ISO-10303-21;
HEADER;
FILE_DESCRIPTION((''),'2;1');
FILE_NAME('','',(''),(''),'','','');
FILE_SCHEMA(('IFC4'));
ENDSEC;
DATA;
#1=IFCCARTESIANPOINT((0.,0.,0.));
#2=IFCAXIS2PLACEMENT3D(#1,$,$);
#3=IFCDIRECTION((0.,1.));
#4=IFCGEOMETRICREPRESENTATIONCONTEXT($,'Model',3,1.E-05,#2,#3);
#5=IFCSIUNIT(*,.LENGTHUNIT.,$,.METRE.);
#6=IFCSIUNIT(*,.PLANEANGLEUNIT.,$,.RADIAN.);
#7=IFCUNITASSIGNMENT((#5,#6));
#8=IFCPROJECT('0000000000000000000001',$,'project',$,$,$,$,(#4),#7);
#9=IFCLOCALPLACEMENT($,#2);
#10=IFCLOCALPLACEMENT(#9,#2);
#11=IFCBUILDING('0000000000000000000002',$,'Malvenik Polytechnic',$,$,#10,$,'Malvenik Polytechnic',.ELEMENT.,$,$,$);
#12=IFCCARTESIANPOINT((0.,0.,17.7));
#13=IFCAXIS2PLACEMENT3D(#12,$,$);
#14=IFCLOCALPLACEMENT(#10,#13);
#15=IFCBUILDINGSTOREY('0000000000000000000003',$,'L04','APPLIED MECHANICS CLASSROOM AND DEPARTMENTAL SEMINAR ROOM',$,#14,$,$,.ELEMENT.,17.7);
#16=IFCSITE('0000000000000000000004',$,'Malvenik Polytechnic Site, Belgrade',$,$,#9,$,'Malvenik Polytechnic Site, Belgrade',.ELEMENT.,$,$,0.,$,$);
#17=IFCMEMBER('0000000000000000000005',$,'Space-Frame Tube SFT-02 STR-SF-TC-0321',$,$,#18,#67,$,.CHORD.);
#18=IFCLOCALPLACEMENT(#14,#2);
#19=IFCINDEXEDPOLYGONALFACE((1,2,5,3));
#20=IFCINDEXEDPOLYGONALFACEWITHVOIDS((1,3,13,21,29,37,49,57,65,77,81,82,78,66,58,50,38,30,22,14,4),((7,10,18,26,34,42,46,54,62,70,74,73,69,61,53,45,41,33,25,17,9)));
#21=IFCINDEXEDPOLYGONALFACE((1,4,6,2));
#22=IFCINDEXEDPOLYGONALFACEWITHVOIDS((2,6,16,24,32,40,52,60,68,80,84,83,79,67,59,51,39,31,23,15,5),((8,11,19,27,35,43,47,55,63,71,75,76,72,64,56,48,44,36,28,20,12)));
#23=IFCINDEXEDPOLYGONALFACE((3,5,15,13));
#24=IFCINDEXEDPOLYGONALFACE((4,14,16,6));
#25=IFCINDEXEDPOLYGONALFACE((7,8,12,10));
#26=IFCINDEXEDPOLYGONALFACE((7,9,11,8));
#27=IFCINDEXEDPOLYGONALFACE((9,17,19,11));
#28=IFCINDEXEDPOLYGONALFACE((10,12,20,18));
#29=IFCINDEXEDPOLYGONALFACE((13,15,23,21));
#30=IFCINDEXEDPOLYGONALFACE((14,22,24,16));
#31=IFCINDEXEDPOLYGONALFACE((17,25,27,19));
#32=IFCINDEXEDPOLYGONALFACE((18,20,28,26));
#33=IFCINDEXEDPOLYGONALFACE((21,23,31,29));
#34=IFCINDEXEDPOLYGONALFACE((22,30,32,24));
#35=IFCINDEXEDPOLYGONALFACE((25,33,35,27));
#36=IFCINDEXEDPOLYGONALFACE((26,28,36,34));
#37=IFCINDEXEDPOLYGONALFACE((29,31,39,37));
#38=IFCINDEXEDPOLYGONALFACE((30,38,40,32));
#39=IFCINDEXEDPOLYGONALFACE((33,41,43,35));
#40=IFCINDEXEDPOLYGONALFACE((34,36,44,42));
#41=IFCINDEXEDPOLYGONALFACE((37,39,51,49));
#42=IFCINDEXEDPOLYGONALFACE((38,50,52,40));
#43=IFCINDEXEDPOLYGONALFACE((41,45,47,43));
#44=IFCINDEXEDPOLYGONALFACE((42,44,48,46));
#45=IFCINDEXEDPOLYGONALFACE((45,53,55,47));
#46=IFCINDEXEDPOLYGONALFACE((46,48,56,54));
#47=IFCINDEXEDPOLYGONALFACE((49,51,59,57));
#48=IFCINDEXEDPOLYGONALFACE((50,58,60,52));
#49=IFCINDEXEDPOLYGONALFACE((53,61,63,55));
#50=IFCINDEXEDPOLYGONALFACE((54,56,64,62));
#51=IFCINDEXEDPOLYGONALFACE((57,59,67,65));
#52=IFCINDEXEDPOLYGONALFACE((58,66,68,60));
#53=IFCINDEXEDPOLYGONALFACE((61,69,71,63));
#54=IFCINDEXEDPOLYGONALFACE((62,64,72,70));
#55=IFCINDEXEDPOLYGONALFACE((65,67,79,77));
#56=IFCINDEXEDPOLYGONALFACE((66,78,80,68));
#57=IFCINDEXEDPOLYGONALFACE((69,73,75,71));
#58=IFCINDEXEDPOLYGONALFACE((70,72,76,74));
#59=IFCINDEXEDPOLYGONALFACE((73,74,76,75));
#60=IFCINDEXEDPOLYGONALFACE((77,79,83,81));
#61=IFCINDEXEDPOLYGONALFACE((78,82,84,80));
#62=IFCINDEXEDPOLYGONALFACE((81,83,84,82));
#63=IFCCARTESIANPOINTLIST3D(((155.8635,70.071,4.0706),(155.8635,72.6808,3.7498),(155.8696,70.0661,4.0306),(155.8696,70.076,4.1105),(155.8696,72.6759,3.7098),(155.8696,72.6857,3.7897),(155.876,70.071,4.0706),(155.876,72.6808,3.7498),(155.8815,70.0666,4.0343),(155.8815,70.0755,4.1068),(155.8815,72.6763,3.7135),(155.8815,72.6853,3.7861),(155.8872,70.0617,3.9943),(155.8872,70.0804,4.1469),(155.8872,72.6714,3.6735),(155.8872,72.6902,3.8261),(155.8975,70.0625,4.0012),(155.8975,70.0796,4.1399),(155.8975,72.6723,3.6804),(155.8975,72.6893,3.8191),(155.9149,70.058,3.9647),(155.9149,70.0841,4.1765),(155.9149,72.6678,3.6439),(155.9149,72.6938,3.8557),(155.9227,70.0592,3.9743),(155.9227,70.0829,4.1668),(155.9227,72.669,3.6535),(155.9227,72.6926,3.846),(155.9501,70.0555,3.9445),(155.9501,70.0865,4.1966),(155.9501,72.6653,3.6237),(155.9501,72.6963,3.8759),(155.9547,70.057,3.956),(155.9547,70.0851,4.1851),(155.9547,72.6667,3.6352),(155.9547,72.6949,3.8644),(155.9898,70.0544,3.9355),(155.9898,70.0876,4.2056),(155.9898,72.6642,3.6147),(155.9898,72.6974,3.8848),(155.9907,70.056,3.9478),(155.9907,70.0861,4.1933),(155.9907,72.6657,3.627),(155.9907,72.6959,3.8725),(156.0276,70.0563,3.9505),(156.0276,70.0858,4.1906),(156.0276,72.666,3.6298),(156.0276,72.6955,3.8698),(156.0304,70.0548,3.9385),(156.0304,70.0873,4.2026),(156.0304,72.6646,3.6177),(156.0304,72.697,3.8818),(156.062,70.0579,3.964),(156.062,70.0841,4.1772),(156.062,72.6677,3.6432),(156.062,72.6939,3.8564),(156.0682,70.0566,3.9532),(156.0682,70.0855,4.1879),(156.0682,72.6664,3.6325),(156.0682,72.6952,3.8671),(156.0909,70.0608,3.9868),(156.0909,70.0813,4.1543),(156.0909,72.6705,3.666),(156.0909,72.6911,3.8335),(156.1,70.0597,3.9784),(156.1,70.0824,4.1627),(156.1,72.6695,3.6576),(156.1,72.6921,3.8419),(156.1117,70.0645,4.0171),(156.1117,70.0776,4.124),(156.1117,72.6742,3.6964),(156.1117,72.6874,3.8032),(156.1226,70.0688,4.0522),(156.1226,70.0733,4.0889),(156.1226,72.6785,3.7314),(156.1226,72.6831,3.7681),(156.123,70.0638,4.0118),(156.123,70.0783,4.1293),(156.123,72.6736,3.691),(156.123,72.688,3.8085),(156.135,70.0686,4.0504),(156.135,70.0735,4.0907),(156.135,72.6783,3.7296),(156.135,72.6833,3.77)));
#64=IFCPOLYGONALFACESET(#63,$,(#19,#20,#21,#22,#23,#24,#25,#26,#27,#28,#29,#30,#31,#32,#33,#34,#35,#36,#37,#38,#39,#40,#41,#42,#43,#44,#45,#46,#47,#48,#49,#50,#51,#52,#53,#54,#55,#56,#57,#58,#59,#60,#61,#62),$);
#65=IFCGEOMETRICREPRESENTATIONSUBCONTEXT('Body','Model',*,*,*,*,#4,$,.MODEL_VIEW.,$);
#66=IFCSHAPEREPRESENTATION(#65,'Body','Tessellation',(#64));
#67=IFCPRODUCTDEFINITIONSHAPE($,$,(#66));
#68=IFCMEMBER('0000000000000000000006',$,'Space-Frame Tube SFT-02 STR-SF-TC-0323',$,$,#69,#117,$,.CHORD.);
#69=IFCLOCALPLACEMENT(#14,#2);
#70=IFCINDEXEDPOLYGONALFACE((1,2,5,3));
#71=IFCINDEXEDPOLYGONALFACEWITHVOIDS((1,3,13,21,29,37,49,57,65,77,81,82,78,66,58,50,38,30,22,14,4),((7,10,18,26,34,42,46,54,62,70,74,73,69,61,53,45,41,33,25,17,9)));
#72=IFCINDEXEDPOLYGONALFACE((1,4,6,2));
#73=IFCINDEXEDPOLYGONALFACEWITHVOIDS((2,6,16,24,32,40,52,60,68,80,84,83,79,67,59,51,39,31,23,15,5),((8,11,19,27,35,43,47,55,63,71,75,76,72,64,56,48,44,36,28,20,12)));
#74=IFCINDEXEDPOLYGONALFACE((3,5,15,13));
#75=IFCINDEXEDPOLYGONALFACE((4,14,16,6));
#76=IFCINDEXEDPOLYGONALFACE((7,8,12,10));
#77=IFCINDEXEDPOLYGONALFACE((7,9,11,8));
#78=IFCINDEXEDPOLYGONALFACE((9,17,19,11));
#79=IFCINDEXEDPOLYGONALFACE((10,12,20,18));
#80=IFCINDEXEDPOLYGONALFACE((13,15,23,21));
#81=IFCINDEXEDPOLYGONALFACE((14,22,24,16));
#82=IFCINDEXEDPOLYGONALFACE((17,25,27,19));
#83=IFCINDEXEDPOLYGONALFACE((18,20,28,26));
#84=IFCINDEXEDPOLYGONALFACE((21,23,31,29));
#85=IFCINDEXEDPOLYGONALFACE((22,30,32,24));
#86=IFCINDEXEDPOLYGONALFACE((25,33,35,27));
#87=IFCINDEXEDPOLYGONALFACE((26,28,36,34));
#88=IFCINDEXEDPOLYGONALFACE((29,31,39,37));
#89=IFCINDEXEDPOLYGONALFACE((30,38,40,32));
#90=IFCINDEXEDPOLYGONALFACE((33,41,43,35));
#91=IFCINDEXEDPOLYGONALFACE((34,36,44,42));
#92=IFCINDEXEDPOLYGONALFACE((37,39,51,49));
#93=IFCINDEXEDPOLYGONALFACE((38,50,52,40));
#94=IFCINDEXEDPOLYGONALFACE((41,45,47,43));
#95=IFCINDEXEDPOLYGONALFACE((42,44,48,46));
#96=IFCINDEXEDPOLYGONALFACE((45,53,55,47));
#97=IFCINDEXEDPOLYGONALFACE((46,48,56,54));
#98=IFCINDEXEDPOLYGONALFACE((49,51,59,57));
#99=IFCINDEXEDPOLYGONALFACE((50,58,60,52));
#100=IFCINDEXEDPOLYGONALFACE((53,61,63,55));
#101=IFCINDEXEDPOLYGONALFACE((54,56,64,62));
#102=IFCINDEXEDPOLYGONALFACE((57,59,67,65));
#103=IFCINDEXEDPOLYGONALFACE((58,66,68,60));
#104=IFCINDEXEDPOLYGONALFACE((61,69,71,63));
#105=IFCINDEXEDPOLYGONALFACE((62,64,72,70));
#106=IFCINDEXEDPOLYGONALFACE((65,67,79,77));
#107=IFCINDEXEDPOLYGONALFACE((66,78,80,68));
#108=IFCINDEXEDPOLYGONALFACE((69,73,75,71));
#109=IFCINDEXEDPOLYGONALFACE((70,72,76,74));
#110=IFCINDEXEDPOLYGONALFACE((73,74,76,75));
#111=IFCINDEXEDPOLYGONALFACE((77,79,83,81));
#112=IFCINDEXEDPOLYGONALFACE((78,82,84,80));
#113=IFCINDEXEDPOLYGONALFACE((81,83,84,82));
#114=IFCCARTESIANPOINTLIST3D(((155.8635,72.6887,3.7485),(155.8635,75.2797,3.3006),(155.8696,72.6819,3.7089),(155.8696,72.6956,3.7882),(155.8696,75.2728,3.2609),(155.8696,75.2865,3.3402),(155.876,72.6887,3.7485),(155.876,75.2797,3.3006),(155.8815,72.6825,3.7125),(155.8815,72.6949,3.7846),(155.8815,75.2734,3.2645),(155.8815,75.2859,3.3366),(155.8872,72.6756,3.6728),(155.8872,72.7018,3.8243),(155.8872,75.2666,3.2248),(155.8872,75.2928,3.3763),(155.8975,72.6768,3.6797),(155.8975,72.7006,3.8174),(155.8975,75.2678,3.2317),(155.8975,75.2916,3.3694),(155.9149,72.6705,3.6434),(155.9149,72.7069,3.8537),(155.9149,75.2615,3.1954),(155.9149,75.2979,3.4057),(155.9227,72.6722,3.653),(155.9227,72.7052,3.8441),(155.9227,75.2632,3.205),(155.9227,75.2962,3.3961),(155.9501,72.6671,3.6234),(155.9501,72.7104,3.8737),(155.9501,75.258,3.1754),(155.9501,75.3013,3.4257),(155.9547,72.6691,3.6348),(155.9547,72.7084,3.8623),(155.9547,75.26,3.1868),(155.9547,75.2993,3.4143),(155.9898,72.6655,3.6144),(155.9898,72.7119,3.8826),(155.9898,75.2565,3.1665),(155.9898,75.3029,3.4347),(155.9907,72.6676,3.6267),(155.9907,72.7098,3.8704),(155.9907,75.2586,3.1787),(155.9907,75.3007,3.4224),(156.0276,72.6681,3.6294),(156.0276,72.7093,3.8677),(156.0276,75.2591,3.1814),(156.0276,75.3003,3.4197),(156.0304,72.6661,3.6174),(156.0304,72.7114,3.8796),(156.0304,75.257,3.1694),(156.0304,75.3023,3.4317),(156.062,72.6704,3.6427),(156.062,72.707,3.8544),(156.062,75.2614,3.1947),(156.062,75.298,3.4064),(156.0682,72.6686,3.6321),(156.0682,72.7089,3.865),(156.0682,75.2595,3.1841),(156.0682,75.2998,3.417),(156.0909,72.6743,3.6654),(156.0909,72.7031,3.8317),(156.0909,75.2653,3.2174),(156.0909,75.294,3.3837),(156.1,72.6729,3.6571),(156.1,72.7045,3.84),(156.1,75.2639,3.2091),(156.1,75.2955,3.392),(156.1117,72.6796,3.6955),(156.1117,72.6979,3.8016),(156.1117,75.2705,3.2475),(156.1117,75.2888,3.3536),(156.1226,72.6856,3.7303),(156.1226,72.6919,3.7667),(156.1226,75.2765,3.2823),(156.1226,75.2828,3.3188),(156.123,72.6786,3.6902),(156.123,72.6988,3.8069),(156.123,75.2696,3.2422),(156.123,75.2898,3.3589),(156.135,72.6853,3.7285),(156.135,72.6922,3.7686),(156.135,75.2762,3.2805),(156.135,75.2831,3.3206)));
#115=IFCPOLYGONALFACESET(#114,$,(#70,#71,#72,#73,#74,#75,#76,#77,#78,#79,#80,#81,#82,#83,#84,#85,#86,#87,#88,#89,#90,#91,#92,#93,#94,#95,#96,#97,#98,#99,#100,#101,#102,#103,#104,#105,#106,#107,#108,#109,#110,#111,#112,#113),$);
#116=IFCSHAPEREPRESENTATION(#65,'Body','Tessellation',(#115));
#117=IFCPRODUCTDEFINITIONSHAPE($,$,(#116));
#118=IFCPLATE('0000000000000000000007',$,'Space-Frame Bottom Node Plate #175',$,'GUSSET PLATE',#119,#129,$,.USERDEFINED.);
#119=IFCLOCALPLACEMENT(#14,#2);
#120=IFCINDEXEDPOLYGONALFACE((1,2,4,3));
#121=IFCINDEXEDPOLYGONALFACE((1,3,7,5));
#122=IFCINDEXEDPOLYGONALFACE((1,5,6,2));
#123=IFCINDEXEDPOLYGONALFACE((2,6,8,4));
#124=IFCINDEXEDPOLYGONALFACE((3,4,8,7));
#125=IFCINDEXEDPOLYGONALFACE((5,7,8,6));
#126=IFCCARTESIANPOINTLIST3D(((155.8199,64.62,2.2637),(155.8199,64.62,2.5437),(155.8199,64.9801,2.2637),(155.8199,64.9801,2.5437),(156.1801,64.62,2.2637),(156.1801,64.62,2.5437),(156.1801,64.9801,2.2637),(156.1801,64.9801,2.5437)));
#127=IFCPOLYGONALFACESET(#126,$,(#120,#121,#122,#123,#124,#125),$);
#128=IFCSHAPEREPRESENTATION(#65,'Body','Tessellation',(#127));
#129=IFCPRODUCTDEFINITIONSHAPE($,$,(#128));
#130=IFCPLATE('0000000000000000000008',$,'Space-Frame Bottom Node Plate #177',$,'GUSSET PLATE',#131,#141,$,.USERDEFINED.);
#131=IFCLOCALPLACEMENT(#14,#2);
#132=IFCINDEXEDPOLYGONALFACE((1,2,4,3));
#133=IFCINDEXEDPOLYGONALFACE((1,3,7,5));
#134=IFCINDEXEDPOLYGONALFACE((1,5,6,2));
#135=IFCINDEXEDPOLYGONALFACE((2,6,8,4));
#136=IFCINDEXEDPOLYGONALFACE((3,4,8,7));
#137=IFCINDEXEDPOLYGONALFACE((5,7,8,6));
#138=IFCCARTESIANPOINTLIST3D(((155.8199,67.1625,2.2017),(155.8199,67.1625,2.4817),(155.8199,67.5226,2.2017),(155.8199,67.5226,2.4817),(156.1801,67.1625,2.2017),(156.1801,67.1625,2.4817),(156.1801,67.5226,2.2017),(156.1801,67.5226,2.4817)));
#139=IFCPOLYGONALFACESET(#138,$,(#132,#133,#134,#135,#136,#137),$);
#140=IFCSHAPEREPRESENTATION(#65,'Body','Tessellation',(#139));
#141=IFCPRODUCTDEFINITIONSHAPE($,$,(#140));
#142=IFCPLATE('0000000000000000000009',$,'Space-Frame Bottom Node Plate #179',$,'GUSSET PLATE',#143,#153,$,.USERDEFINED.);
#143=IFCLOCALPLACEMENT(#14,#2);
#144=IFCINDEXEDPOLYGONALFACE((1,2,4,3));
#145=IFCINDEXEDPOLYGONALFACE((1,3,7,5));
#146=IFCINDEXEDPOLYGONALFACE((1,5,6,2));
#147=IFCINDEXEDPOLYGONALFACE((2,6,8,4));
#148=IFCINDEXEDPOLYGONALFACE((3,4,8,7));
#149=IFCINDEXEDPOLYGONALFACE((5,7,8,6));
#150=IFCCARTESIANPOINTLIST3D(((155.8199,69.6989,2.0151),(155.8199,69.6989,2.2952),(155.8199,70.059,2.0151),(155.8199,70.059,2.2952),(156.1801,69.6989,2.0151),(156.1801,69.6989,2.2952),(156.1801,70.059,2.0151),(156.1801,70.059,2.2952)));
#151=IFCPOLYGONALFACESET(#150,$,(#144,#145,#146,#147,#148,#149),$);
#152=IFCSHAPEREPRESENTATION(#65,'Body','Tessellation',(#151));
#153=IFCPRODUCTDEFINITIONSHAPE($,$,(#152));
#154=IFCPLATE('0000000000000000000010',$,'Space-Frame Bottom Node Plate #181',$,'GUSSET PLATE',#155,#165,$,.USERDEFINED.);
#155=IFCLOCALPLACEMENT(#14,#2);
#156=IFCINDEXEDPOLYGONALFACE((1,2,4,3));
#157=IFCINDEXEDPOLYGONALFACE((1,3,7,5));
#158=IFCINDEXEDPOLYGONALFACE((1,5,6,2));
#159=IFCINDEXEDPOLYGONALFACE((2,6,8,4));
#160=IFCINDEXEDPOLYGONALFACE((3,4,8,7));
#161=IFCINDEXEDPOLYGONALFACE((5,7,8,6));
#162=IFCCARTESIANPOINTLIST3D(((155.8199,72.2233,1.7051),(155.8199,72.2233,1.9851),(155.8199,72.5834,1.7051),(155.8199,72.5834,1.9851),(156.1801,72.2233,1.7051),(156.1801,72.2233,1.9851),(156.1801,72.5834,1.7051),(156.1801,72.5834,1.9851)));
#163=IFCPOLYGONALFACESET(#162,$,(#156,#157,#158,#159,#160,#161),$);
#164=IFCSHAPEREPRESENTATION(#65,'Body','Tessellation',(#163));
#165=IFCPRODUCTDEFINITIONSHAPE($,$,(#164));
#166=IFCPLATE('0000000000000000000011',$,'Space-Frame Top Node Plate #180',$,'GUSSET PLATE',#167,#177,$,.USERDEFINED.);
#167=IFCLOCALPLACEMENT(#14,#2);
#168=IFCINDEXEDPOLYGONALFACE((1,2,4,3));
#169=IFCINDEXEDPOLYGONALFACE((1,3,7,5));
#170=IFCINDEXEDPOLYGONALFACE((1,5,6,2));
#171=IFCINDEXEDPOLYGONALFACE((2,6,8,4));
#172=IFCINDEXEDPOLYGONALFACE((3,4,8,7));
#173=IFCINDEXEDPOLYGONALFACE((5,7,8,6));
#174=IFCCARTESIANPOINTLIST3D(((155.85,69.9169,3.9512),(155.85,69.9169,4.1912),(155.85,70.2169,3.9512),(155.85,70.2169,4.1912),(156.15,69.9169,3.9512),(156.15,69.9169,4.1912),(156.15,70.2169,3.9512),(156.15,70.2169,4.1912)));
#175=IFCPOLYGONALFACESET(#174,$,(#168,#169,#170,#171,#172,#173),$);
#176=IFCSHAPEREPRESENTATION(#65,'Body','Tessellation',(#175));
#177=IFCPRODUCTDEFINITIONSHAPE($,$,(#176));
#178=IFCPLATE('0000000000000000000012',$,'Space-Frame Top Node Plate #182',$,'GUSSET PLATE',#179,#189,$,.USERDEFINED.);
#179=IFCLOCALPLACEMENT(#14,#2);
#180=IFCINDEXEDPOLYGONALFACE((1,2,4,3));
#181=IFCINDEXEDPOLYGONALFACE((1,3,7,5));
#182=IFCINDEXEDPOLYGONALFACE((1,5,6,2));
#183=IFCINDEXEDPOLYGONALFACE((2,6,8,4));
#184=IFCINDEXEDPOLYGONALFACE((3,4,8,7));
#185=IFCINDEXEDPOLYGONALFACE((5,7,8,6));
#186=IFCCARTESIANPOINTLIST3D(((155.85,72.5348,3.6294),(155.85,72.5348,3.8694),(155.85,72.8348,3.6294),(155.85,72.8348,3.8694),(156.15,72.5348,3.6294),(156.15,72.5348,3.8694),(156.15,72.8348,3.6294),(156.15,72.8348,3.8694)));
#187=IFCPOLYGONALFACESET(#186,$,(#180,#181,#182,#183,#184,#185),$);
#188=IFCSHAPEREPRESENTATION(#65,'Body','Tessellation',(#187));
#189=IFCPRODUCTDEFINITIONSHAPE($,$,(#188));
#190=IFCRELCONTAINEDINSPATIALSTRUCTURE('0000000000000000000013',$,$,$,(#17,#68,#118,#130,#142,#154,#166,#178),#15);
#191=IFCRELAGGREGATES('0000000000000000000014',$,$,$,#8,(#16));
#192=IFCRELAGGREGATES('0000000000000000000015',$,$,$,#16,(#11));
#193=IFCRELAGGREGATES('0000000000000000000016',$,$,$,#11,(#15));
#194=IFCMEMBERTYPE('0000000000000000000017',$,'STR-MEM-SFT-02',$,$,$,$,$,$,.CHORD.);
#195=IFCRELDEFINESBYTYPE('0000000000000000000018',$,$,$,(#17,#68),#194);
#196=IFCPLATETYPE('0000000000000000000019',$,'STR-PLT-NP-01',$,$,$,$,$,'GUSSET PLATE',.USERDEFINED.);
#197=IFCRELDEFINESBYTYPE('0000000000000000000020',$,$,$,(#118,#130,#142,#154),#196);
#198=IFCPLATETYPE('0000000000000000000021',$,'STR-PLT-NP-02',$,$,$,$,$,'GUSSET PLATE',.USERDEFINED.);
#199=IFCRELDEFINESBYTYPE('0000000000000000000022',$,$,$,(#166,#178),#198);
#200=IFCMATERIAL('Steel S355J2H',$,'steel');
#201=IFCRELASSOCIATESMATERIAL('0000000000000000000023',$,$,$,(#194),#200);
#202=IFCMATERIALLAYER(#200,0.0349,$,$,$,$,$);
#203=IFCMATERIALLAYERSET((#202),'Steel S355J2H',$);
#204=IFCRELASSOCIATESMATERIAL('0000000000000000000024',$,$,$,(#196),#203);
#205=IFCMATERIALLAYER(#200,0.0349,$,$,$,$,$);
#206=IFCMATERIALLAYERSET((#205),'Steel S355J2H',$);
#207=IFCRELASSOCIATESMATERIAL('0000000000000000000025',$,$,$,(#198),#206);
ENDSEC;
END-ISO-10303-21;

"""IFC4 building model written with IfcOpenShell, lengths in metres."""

from ifc_helpers import new_model, si_unit, direction, frame, origin, origin_2d, place, context, subcontext, project, spatial, rectangle, hollow_circle, extrude, material, layer, layer_set, material_profile, profile_set, type_object, element, save


model = new_model("IFC4")

# Units and contexts
model_context = context("Model", 3, precision=1e-05, world=origin(), true_north=direction((0.0, 1.0)))
body_context = subcontext(model_context, "Body", "Model", "MODEL_VIEW")
ifc_project = project(units=[si_unit("LENGTHUNIT", "METRE"), si_unit("PLANEANGLEUNIT", "RADIAN")], contexts=[model_context])

# Site, building, storey
site_placement = place(None, origin())
site = spatial("IfcSite", under=ifc_project, at=site_placement, Name="Malvenik Polytechnic Site, Belgrade", LongName="Malvenik Polytechnic Site, Belgrade", CompositionType="ELEMENT", RefElevation=0.0)
building_placement = place(site_placement, origin())
building = spatial("IfcBuilding", under=site, at=building_placement, Name="Malvenik Polytechnic", LongName="Malvenik Polytechnic", CompositionType="ELEMENT")
storey_placement = place(building_placement, frame((0.0, 0.0, 17.7)))
storey = spatial("IfcBuildingStorey", under=building, at=storey_placement, Name="L04", Description="APPLIED MECHANICS CLASSROOM AND DEPARTMENTAL SEMINAR ROOM", CompositionType="ELEMENT", Elevation=17.7)

# Members
ifc_material_1 = material(Name="Steel S355J2H", Category="steel")
ifc_material_profile_1 = material_profile(ifc_material_1, hollow_circle(Radius=0.1365, WallThickness=0.0125, at=origin_2d()), Name="CHS 273.0x12.5")
ifc_profile_set_1 = profile_set([ifc_material_profile_1], Name="Steel S355J2H")
member_type_1 = type_object("IfcMemberType", Name="STR-MEM-SFT-02", PredefinedType="CHORD", material=ifc_profile_set_1)
for number, where, z_axis, x_axis, name in (
    (1, (156.0, 70.071, 4.0706), (0.0, 0.99253, -0.122), (-1.0, 0.0, 0.0), "Space-Frame Tube SFT-02 STR-SF-TC-0321"),
    (2, (156.0, 72.6887, 3.7485), (0.0, 0.98538, -0.170373), (-1.0, 0.0, 0.0), "Space-Frame Tube SFT-02 STR-SF-TC-0323"),
):
    element("IfcMember", number, at=place(storey_placement, frame(where, z_axis=z_axis, x_axis=x_axis)), inside=storey, type_object=member_type_1, Name=name, PredefinedType="CHORD", context=body_context, shape_type="SweptSolid", body=[
        extrude(hollow_circle(Radius=0.1365, WallThickness=0.0125, at=origin_2d()), origin(), (0.0, 0.0, 1.0), 2.6294),
    ])

# Plates
ifc_layer_1 = layer(ifc_material_1, 0.0349)
ifc_layer_set_1 = layer_set([ifc_layer_1], Name="Steel S355J2H")
plate_type_1 = type_object("IfcPlateType", Name="STR-PLT-NP-01", ElementType="GUSSET PLATE", PredefinedType="USERDEFINED", material=ifc_layer_set_1)
for number, where, z_axis, x_axis, name in (
    (3, (156.0, 64.8, 2.2637), (0.0, 0.0, 1.0), (1.0, 0.0, 0.0), "Space-Frame Bottom Node Plate #175"),
    (4, (156.0, 67.3425, 2.2017), (0.0, 0.0, 1.0), (1.0, 0.0, 0.0), "Space-Frame Bottom Node Plate #177"),
    (5, (156.0, 69.8789, 2.0151), (0.0, 0.0, 1.0), (1.0, 0.0, 0.0), "Space-Frame Bottom Node Plate #179"),
    (6, (156.0, 72.4033, 1.7051), (0.0, 0.0, 1.0), (1.0, 0.0, 0.0), "Space-Frame Bottom Node Plate #181"),
):
    element("IfcPlate", number, at=place(storey_placement, frame(where, z_axis=z_axis, x_axis=x_axis)), inside=storey, type_object=plate_type_1, Name=name, ObjectType="GUSSET PLATE", PredefinedType="USERDEFINED", context=body_context, shape_type="SweptSolid", body=[
        extrude(rectangle(XDim=0.3601, YDim=0.3601, at=origin_2d()), origin(), (0.0, 0.0, 1.0), 0.28),
    ])
ifc_layer_2 = layer(ifc_material_1, 0.0349)
ifc_layer_set_2 = layer_set([ifc_layer_2], Name="Steel S355J2H")
plate_type_2 = type_object("IfcPlateType", Name="STR-PLT-NP-02", ElementType="GUSSET PLATE", PredefinedType="USERDEFINED", material=ifc_layer_set_2)
for number, where, z_axis, x_axis, name in (
    (7, (156.0, 70.0669, 3.9512), (0.0, 0.0, 1.0), (1.0, 0.0, 0.0), "Space-Frame Top Node Plate #180"),
    (8, (156.0, 72.6848, 3.6294), (0.0, 0.0, 1.0), (1.0, 0.0, 0.0), "Space-Frame Top Node Plate #182"),
):
    element("IfcPlate", number, at=place(storey_placement, frame(where, z_axis=z_axis, x_axis=x_axis)), inside=storey, type_object=plate_type_2, Name=name, ObjectType="GUSSET PLATE", PredefinedType="USERDEFINED", context=body_context, shape_type="SweptSolid", body=[
        extrude(rectangle(XDim=0.3, YDim=0.3, at=origin_2d()), origin(), (0.0, 0.0, 1.0), 0.24),
    ])

save(model, "model.ifc")
